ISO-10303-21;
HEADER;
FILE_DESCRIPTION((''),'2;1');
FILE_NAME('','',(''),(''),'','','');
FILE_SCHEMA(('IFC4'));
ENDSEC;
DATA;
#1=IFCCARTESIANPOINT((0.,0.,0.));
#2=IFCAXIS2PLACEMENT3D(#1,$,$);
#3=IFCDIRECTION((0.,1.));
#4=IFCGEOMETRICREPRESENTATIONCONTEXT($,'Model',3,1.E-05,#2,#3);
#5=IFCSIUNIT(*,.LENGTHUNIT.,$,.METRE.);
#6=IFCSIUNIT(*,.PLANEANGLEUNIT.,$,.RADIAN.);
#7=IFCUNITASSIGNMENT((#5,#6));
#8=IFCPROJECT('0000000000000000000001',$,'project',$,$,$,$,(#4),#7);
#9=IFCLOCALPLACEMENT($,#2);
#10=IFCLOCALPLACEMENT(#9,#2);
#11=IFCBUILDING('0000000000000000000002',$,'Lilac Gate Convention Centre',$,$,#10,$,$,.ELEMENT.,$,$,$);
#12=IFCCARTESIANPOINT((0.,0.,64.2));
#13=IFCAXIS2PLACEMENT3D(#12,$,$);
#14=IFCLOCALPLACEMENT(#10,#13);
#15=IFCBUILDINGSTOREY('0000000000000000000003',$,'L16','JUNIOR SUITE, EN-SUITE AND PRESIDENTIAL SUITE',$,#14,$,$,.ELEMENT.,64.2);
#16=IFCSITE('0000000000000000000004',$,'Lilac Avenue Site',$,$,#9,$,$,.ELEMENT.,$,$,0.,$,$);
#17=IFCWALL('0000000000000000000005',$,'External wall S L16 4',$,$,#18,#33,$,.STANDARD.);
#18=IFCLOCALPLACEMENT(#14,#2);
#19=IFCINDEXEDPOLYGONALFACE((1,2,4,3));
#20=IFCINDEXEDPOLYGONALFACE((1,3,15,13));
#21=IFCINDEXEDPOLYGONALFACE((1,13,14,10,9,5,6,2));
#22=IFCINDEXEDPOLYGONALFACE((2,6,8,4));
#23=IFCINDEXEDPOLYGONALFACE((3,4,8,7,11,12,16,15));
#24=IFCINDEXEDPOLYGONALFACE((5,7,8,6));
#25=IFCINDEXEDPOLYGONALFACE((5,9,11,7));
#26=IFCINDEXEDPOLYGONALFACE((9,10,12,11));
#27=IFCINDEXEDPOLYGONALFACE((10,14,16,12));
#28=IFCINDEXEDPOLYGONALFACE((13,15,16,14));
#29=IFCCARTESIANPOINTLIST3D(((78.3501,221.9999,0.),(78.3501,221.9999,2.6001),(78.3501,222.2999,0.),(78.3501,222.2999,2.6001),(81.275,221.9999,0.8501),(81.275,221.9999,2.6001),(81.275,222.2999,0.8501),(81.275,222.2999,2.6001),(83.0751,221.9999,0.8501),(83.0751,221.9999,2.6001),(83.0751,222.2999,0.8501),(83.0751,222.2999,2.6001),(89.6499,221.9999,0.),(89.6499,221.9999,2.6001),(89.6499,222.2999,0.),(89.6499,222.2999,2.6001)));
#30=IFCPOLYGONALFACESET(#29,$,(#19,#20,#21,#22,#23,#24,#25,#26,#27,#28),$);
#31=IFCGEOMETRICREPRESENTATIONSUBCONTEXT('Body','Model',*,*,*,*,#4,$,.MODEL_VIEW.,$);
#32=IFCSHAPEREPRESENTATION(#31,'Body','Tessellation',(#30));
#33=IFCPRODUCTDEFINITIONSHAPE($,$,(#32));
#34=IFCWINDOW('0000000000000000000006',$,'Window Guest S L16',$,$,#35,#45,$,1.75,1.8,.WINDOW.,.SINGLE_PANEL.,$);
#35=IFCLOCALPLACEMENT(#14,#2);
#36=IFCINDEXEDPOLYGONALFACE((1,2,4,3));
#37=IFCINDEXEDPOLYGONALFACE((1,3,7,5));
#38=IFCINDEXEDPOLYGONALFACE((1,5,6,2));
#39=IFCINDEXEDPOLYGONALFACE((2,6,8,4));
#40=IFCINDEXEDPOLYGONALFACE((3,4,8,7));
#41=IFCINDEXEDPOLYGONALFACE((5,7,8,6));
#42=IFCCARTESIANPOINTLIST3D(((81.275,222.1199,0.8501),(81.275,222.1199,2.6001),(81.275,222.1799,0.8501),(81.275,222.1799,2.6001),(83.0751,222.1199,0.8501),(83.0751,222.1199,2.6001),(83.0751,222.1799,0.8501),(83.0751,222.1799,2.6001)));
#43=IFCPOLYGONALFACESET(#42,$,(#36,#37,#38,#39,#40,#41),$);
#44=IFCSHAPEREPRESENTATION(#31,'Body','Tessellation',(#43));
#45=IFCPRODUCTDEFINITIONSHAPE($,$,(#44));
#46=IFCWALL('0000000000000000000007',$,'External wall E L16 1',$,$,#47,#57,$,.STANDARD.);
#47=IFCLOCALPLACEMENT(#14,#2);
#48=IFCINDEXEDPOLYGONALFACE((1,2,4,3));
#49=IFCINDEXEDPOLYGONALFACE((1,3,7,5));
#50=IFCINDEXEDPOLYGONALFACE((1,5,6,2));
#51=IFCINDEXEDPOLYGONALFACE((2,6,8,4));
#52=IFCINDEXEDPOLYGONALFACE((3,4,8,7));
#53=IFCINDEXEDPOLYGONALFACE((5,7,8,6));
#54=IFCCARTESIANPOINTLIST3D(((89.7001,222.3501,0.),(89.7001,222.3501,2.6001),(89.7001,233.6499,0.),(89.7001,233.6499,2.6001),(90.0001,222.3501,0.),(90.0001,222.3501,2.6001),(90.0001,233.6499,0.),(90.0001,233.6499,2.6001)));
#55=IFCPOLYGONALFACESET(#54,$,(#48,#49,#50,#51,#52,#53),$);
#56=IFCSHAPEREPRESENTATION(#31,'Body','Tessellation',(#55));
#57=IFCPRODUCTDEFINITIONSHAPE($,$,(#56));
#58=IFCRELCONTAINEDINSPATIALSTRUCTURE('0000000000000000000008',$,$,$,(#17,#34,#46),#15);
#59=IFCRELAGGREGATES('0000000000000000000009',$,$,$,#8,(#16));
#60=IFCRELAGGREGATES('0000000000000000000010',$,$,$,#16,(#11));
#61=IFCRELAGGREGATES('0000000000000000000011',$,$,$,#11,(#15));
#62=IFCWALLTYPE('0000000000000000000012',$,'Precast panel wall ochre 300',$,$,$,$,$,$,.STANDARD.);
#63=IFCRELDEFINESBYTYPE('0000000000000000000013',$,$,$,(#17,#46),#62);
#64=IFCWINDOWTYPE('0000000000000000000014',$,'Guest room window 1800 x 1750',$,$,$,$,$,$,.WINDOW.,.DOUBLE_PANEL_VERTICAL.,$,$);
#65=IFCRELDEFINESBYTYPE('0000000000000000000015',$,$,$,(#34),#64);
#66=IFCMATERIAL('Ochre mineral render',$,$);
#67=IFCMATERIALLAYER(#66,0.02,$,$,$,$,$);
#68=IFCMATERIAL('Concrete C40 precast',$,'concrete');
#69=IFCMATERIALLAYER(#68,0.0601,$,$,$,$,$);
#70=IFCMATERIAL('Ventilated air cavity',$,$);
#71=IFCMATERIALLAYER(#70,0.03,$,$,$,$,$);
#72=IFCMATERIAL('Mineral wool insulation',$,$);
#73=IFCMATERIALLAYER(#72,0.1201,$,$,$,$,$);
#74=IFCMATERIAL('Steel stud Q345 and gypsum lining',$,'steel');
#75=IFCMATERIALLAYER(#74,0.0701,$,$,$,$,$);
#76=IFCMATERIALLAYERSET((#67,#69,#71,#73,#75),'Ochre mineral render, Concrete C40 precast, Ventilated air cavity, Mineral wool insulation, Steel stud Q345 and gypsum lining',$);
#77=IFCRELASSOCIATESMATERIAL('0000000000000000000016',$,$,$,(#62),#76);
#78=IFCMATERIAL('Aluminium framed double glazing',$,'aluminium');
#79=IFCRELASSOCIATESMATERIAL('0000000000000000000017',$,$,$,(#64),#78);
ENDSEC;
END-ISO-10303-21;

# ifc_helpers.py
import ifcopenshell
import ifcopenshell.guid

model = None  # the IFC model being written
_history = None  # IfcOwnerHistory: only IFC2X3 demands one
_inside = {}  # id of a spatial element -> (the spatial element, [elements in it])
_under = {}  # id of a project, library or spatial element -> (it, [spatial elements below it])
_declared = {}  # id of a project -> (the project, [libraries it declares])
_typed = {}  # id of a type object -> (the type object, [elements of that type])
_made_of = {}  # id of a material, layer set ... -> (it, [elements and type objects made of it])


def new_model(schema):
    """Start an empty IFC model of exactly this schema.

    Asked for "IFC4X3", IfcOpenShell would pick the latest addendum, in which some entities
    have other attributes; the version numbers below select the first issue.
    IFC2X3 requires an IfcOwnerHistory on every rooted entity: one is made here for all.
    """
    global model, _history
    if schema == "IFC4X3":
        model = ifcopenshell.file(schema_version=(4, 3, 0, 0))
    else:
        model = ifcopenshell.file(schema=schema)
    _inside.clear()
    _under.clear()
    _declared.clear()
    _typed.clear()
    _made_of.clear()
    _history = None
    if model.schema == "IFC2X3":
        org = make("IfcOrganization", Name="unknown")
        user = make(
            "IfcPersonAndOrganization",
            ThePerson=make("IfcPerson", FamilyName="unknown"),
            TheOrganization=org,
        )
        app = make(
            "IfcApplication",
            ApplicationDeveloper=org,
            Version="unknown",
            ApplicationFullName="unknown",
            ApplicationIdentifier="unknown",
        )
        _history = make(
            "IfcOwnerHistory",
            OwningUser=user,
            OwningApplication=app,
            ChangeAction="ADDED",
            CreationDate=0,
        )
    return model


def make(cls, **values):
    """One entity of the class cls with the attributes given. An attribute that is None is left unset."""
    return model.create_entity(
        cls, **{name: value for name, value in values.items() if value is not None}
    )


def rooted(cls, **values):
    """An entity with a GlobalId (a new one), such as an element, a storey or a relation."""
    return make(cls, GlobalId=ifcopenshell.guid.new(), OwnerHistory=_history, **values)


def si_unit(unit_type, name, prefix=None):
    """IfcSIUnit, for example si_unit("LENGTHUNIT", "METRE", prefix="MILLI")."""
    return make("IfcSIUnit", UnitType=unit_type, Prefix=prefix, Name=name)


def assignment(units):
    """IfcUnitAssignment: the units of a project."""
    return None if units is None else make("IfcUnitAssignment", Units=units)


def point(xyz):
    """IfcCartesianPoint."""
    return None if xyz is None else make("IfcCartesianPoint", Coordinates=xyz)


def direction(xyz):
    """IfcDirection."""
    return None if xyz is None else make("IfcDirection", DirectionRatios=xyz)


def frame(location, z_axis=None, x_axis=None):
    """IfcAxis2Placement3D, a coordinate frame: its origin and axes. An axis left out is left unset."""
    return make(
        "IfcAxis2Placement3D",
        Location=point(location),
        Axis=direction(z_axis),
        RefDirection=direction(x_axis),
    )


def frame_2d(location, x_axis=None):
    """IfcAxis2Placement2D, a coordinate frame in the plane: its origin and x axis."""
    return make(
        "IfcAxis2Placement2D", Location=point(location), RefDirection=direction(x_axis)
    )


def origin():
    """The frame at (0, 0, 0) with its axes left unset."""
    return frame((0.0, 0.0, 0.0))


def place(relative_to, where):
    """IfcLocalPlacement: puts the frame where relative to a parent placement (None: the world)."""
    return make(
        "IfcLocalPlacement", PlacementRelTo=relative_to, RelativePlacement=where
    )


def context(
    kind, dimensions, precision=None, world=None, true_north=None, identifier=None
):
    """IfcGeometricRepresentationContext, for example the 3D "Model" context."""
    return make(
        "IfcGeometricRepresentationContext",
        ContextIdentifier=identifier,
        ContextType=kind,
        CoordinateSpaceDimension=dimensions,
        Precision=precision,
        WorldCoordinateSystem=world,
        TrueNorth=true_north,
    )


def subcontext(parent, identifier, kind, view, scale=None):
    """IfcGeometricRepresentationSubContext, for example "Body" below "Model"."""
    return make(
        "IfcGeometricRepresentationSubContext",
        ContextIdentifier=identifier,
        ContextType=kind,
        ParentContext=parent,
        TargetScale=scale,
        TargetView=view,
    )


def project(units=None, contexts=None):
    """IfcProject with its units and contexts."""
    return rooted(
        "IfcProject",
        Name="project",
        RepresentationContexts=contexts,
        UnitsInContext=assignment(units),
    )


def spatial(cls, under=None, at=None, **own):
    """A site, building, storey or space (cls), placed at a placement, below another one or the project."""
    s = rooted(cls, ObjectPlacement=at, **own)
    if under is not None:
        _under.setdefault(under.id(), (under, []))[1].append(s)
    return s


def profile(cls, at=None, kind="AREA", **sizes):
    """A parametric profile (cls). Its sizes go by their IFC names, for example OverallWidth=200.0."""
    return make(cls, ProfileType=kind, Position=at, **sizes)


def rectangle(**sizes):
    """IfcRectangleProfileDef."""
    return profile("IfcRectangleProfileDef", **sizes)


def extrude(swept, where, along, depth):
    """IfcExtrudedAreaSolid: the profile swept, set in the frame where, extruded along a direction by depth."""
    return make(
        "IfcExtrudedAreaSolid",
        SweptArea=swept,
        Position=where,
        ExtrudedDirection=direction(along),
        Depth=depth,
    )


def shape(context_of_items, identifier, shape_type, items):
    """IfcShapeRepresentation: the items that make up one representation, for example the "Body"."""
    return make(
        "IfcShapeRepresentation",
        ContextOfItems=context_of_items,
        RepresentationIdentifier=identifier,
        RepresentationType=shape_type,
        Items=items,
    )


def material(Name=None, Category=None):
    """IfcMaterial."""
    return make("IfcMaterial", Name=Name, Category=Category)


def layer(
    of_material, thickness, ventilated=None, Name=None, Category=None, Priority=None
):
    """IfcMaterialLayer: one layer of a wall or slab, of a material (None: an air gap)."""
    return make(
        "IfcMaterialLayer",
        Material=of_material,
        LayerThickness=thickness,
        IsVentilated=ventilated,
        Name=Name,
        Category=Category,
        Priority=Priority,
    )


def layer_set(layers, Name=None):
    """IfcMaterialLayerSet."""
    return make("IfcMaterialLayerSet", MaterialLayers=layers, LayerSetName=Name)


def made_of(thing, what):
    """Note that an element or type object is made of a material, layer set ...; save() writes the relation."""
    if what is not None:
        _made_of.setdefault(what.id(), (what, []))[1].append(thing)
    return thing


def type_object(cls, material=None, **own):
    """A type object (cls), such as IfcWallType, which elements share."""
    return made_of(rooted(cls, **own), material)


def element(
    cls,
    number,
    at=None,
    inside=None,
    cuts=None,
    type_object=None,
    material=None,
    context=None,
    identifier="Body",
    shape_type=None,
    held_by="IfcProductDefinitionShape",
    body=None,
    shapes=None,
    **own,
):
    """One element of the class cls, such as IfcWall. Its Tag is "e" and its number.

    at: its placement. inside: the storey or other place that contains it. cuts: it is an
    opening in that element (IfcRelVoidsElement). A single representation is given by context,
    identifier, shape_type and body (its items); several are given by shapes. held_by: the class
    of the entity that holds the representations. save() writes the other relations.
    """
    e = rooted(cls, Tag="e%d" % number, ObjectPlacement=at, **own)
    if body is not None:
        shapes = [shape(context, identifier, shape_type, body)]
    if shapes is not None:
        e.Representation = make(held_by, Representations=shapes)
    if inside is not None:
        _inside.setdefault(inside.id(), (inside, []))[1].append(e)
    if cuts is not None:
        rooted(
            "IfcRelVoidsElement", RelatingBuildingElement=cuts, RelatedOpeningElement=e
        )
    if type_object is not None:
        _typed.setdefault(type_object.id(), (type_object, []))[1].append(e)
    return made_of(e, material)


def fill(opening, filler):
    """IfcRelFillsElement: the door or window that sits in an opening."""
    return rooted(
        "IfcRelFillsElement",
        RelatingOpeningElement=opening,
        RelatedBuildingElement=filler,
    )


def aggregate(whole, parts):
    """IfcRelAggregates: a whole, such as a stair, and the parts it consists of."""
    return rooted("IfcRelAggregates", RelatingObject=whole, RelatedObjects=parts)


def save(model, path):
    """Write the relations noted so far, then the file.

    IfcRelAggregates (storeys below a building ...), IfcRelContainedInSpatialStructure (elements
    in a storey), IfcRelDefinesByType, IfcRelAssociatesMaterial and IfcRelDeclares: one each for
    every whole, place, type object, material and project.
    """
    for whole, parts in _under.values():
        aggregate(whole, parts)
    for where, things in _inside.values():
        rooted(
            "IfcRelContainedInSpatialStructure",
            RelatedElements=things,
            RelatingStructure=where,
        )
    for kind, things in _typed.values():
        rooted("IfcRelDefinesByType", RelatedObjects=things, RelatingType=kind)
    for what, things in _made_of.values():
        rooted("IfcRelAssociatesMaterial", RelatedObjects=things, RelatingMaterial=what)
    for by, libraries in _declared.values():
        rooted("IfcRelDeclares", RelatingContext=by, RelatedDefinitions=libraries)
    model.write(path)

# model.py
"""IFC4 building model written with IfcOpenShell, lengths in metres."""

from ifc_helpers import new_model, si_unit, direction, frame, frame_2d, origin, place, context, subcontext, project, spatial, rectangle, extrude, material, layer, layer_set, type_object, element, fill, save


model = new_model("IFC4")

# Units and contexts
model_context = context("Model", 3, precision=1e-05, world=origin(), true_north=direction((0.0, 1.0)))
body_context = subcontext(model_context, "Body", "Model", "MODEL_VIEW")
ifc_project = project(units=[si_unit("LENGTHUNIT", "METRE"), si_unit("PLANEANGLEUNIT", "RADIAN")], contexts=[model_context])

# Site, building, storey
site_placement = place(None, origin())
site = spatial("IfcSite", under=ifc_project, at=site_placement, Name="Lilac Avenue Site", CompositionType="ELEMENT", RefElevation=0.0)
building_placement = place(site_placement, origin())
building = spatial("IfcBuilding", under=site, at=building_placement, Name="Lilac Gate Convention Centre", CompositionType="ELEMENT")
storey_placement = place(building_placement, frame((0.0, 0.0, 64.2)))
storey = spatial("IfcBuildingStorey", under=building, at=storey_placement, Name="L16", Description="JUNIOR SUITE, EN-SUITE AND PRESIDENTIAL SUITE", CompositionType="ELEMENT", Elevation=64.2)

# Shared definitions
ifc_material_1 = material(Name="Concrete C40 precast", Category="concrete")

# Shared definitions
ifc_material_2 = material(Name="Ochre mineral render")
ifc_layer_1 = layer(ifc_material_2, 0.02)
ifc_layer_2 = layer(ifc_material_1, 0.0601)
ifc_material_3 = material(Name="Ventilated air cavity")
ifc_layer_3 = layer(ifc_material_3, 0.03)
ifc_material_4 = material(Name="Mineral wool insulation")
ifc_layer_4 = layer(ifc_material_4, 0.1201)
ifc_material_5 = material(Name="Steel stud Q345 and gypsum lining", Category="steel")
ifc_layer_5 = layer(ifc_material_5, 0.0701)
ifc_layer_set_1 = layer_set([ifc_layer_1, ifc_layer_2, ifc_layer_3, ifc_layer_4, ifc_layer_5], Name="Ochre mineral render, Concrete C40 precast, Ventilated air cavity, Mineral wool insulation, Steel stud Q345 and gypsum lining")
wall_type_1 = type_object("IfcWallType", Name="Precast panel wall ochre 300", PredefinedType="STANDARD", material=ifc_layer_set_1)
ifc_material_6 = material(Name="Aluminium framed double glazing", Category="aluminium")
window_type = type_object("IfcWindowType", Name="Guest room window 1800 x 1750", PartitioningType="DOUBLE_PANEL_VERTICAL", PredefinedType="WINDOW", material=ifc_material_6)

# Wall, opening, window
wall_1_placement = place(storey_placement, frame((78.3501, 222.1499, 0.0), z_axis=(0.0, 0.0, 1.0), x_axis=(1.0, 0.0, 0.0)))
wall_1 = element("IfcWall", 1, at=wall_1_placement, inside=storey, type_object=wall_type_1, Name="External wall S L16 4", PredefinedType="STANDARD", context=body_context, shape_type="SweptSolid", body=[
    extrude(rectangle(XDim=11.2998, YDim=0.3, at=frame_2d((5.6499, 0.0))), origin(), (0.0, 0.0, 1.0), 2.6001),
])
opening_1_placement = place(wall_1_placement, frame((2.925, 0.0, 0.8501)))
opening_1 = element("IfcOpeningElement", 2, at=opening_1_placement, cuts=wall_1, PredefinedType="OPENING", context=body_context, shape_type="SweptSolid", body=[
    extrude(rectangle(XDim=1.8, YDim=1.75, at=frame_2d((0.8999, 0.875))), frame((0.0, 0.1599, 0.0), z_axis=(0.0, -1.0, 0.0), x_axis=(1.0, 0.0, 0.0)), (0.0, 0.0, 1.0), 0.3201),
])
window_1_placement = place(opening_1_placement, origin())
window_1 = element("IfcWindow", 3, at=window_1_placement, inside=storey, type_object=window_type, Name="Window Guest S L16", OverallHeight=1.75, OverallWidth=1.8, PartitioningType="SINGLE_PANEL", PredefinedType="WINDOW", context=body_context, shape_type="SweptSolid", body=[
    extrude(rectangle(XDim=1.8, YDim=1.75, at=frame_2d((0.8999, 0.875))), frame((0.0, 0.03, 0.0), z_axis=(0.0, -1.0, 0.0), x_axis=(1.0, 0.0, 0.0)), (0.0, 0.0, 1.0), 0.0601),
])
fill(opening_1, window_1)

# Wall
wall_2_placement = place(storey_placement, frame((89.8501, 222.3501, 0.0), z_axis=(0.0, 0.0, 1.0), x_axis=(0.0, 1.0, 0.0)))
element("IfcWall", 4, at=wall_2_placement, inside=storey, type_object=wall_type_1, Name="External wall E L16 1", PredefinedType="STANDARD", context=body_context, shape_type="SweptSolid", body=[
    extrude(rectangle(XDim=11.2998, YDim=0.3, at=frame_2d((5.6499, 0.0))), origin(), (0.0, 0.0, 1.0), 2.6001),
])

save(model, "model.ifc")
